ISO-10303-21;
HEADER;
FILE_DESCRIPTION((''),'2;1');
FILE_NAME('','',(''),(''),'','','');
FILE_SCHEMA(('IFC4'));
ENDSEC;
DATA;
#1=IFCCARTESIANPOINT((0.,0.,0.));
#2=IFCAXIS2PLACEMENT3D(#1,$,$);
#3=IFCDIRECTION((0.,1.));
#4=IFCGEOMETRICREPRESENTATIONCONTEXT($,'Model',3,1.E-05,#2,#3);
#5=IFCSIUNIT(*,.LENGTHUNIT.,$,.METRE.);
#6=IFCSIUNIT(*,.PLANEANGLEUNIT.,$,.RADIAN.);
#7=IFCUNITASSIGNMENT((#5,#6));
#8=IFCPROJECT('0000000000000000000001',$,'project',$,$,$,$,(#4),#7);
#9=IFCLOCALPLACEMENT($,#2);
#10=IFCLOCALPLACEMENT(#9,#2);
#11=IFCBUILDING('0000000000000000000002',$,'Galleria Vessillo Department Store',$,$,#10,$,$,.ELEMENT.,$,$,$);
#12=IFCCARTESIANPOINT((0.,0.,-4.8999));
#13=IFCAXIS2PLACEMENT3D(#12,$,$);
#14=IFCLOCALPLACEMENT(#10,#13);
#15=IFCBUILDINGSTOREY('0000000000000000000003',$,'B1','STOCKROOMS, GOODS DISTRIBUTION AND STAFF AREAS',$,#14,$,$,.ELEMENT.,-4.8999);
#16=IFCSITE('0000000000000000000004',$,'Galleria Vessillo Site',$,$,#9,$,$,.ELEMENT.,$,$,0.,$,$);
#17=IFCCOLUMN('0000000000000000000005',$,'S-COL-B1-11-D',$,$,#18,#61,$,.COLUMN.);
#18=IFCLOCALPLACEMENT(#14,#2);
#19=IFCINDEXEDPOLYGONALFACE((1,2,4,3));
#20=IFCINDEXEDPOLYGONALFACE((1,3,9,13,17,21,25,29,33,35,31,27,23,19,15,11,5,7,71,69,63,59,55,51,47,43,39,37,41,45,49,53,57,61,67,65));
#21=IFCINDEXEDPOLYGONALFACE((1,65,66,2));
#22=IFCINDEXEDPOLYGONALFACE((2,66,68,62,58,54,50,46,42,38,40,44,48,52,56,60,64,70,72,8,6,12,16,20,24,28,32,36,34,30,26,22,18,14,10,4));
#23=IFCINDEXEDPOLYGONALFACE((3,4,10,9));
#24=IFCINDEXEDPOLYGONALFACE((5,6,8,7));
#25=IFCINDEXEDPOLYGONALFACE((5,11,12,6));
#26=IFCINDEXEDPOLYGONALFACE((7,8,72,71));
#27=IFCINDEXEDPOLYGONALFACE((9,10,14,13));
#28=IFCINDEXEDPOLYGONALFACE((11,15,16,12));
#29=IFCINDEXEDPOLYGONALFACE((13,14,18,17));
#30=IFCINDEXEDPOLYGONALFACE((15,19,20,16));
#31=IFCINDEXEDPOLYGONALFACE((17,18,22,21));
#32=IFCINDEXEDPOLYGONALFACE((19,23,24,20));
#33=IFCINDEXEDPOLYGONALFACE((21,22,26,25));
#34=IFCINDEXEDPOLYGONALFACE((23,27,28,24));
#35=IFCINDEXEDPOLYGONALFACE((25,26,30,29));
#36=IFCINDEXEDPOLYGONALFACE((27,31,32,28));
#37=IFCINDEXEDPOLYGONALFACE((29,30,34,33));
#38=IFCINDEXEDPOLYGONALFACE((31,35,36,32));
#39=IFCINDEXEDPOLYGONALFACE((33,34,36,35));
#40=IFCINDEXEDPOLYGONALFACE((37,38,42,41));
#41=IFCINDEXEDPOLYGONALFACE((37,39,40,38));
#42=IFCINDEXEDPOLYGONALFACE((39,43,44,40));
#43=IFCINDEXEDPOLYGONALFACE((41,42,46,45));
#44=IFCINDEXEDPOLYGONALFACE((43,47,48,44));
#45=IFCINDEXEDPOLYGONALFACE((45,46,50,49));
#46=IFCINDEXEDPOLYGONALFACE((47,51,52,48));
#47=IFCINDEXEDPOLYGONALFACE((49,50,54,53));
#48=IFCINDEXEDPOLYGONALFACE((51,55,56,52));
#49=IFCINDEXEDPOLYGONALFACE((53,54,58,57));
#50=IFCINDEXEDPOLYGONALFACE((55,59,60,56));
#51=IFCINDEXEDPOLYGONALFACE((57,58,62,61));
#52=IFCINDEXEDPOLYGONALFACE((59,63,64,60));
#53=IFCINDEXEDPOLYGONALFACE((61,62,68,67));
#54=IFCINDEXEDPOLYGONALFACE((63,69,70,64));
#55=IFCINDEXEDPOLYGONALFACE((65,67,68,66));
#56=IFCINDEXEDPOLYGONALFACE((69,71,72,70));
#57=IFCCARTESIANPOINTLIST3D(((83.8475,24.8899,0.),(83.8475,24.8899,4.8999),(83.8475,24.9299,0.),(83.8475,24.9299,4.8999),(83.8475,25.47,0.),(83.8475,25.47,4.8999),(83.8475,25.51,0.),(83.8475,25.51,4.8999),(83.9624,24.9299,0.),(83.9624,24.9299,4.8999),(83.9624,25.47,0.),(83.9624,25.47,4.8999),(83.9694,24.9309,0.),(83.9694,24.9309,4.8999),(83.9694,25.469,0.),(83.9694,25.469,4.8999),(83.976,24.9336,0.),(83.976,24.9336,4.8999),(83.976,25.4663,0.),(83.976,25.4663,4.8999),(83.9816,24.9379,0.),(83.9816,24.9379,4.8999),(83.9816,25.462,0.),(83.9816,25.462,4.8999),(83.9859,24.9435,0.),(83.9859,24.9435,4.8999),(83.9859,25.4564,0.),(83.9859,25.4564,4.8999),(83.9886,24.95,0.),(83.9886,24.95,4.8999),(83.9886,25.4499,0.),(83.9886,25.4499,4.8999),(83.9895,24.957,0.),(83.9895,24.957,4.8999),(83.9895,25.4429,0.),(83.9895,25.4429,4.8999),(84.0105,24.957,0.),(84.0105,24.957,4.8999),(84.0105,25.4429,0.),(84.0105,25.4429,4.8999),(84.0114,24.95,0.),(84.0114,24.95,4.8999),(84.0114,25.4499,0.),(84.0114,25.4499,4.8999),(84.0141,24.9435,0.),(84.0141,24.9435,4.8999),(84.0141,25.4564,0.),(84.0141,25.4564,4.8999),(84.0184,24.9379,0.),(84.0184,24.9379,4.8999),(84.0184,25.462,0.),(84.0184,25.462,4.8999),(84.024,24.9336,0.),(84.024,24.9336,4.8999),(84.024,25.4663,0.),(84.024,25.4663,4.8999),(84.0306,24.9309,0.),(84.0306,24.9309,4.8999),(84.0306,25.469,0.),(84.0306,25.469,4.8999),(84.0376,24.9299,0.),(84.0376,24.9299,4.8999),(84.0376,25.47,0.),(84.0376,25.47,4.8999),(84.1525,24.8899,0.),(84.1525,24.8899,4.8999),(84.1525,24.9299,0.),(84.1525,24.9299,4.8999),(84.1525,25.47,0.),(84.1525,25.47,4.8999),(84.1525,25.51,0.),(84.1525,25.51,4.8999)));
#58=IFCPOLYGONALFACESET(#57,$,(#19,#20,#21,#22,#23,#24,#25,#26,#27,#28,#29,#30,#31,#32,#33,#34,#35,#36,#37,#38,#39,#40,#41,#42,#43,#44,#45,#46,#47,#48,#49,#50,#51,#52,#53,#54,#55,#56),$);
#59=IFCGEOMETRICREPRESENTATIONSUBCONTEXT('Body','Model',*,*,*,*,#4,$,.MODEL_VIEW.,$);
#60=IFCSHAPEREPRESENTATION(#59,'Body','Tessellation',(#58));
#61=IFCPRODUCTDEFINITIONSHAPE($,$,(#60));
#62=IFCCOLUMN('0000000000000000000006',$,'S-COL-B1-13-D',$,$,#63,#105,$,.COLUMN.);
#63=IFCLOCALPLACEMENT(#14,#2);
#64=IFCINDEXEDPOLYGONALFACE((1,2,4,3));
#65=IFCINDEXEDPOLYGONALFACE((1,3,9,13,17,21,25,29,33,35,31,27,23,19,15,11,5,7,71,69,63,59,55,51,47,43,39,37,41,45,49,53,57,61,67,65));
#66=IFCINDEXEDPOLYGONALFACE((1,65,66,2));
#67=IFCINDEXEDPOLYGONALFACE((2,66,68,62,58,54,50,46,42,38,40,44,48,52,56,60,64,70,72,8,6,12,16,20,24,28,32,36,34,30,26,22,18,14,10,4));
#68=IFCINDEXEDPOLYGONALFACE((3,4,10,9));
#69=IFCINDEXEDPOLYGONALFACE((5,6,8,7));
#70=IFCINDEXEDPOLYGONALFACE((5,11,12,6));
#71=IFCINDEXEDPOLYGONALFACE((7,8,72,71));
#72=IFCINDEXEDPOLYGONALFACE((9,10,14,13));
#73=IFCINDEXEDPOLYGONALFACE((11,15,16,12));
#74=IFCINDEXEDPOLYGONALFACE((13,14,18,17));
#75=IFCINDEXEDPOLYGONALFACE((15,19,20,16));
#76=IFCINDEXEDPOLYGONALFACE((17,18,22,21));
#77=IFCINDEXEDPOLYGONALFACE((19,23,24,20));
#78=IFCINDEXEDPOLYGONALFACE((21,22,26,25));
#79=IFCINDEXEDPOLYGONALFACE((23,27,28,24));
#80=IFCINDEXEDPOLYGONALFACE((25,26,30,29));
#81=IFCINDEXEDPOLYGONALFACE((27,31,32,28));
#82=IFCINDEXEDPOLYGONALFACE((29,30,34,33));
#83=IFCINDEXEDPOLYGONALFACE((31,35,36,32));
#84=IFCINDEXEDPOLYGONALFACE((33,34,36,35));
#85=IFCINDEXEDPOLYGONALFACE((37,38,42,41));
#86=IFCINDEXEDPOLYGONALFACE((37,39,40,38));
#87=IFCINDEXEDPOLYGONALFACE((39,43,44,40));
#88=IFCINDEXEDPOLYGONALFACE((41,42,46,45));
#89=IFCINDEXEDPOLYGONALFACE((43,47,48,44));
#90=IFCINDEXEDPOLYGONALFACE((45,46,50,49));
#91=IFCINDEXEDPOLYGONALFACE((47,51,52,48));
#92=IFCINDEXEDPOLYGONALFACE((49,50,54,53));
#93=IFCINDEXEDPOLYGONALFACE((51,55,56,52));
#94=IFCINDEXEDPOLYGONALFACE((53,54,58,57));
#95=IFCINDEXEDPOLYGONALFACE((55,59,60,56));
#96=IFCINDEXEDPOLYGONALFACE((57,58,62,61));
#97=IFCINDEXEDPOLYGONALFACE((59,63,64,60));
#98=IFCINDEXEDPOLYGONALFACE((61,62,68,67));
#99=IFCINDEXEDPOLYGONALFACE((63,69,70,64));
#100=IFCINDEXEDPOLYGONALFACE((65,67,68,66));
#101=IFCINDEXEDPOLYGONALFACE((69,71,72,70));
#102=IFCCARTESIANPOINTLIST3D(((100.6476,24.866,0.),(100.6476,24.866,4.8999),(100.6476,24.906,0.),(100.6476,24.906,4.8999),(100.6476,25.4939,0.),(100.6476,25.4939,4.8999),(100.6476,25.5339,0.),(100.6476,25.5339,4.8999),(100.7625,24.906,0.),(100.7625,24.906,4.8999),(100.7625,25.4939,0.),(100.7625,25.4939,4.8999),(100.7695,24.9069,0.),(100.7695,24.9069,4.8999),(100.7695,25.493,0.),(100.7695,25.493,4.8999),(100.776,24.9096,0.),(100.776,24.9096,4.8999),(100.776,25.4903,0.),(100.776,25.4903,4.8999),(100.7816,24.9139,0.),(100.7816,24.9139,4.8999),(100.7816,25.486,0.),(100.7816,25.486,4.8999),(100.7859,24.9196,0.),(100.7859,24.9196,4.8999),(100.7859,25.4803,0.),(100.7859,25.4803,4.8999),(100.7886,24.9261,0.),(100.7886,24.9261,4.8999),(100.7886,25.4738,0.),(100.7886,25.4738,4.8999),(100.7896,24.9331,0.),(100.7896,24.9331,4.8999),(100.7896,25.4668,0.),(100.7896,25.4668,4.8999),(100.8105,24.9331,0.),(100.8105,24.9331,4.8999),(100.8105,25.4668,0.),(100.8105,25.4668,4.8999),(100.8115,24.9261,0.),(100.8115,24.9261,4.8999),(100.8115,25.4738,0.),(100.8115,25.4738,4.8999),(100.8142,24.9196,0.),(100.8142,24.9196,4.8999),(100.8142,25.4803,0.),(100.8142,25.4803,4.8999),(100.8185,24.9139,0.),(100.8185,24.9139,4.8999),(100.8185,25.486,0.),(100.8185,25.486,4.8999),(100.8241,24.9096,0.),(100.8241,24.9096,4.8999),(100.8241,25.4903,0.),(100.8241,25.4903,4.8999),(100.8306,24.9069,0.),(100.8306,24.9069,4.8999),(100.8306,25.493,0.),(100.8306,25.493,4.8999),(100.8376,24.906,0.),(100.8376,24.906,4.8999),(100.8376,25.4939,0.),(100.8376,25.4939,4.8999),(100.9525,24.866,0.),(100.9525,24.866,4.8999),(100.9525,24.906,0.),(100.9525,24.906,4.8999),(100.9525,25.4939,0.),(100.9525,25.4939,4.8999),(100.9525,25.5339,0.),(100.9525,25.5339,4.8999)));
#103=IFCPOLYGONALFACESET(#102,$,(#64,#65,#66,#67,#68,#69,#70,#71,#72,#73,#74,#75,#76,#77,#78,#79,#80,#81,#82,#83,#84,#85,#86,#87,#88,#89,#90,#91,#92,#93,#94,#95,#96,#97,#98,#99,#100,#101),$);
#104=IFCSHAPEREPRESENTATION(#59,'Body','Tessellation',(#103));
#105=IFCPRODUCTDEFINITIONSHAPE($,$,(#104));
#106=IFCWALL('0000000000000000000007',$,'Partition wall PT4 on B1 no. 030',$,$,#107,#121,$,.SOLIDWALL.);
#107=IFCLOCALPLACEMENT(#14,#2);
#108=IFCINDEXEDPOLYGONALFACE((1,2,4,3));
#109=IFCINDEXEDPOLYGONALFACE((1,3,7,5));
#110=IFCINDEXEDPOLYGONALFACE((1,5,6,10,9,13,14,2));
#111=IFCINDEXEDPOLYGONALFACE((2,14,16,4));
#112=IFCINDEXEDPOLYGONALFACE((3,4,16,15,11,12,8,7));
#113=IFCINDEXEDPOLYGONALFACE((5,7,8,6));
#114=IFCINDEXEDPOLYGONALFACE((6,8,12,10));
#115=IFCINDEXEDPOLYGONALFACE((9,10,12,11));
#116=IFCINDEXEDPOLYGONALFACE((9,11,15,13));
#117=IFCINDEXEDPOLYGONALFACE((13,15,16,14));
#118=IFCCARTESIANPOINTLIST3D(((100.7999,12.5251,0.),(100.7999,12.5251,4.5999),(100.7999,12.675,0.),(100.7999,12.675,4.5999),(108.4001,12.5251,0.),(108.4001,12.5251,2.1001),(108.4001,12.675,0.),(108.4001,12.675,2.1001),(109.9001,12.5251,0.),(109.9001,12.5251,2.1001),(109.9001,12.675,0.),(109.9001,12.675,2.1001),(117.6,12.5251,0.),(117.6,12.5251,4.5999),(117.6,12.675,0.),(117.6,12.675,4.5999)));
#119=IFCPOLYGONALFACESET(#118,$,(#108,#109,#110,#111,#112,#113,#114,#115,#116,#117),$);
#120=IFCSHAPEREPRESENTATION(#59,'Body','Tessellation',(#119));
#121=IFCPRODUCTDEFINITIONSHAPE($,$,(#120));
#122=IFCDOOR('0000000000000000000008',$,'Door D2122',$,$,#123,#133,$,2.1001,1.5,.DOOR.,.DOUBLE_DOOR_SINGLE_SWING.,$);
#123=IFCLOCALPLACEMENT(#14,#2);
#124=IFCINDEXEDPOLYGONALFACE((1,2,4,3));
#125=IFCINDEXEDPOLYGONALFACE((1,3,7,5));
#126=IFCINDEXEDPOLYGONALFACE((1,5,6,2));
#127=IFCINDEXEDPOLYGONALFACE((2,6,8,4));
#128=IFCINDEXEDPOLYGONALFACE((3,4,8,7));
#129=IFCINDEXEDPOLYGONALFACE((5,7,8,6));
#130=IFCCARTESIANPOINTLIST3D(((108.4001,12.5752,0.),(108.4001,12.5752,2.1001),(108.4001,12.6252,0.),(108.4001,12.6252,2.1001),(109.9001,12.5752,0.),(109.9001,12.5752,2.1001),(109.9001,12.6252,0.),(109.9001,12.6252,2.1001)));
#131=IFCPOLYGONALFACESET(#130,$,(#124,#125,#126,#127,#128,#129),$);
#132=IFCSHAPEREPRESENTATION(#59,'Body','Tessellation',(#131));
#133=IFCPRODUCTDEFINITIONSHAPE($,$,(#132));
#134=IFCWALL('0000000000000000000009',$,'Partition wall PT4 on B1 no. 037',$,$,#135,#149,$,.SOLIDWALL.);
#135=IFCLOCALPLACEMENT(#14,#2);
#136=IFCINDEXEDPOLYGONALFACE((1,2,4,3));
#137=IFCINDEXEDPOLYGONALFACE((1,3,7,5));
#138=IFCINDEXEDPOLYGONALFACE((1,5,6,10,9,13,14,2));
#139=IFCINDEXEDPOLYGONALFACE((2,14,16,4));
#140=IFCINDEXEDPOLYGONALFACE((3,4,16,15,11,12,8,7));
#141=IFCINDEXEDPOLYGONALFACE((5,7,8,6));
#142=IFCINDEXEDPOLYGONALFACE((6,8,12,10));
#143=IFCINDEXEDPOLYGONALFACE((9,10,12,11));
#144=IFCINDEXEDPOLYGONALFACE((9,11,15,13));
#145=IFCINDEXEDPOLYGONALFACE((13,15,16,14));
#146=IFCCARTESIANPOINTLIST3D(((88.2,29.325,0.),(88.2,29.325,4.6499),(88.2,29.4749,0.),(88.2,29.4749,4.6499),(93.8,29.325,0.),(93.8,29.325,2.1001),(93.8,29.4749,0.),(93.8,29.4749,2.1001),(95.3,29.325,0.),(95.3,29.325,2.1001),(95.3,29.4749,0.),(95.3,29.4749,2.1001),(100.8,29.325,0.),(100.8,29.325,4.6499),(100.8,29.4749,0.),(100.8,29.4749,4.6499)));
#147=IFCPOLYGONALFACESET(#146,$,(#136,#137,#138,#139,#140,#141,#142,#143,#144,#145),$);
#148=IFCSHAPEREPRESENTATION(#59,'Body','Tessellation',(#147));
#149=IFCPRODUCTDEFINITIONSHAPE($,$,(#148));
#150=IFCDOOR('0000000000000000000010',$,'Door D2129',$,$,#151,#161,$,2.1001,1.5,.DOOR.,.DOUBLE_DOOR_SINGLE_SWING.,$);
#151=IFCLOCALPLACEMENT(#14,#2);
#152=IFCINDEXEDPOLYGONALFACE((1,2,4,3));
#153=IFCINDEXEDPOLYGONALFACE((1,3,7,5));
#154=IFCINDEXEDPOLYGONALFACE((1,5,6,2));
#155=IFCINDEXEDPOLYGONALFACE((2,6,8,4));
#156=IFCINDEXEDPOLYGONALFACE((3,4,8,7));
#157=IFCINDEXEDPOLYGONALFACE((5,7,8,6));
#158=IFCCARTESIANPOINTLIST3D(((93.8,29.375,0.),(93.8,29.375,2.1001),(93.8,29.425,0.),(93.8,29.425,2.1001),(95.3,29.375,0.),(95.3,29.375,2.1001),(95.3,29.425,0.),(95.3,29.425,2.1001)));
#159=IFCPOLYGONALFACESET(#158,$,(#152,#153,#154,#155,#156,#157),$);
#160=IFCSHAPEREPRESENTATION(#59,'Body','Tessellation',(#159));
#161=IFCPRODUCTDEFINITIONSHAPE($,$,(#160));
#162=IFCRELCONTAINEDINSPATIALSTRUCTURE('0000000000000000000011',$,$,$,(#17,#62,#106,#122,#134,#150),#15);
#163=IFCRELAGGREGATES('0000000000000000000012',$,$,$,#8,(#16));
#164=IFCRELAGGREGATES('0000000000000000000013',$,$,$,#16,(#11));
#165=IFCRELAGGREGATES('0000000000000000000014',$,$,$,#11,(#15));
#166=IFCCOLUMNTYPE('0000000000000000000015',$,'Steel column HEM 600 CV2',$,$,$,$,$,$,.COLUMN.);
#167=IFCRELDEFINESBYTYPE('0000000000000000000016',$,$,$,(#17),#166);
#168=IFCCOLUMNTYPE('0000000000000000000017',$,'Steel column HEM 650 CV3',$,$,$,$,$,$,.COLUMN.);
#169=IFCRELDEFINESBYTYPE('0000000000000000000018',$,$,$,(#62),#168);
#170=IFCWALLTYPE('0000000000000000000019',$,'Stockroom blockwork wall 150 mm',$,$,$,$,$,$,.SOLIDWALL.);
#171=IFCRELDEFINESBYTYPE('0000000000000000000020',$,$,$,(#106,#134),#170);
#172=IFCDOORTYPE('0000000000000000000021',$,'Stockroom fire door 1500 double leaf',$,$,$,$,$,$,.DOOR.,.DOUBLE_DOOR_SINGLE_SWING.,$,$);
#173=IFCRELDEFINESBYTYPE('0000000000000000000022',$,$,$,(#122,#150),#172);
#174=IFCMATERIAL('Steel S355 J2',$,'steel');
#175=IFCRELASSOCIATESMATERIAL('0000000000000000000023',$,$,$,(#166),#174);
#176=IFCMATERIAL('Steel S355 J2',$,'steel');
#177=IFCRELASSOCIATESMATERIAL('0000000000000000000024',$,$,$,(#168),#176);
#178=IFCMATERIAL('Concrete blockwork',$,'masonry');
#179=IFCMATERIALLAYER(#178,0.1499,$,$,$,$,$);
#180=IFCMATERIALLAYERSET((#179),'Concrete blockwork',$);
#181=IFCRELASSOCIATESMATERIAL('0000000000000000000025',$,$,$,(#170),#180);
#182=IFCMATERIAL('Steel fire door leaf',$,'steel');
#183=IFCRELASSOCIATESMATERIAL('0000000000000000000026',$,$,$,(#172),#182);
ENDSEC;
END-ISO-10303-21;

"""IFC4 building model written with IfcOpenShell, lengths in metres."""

from ifc_helpers import new_model, si_unit, direction, frame, frame_2d, origin, origin_2d, place, context, subcontext, project, spatial, rectangle, i_section, extrude, material, layer, layer_set, material_profile, profile_set, type_object, element, fill, save


model = new_model("IFC4")

# Units and contexts
model_context = context("Model", 3, precision=1e-05, world=origin(), true_north=direction((0.0, 1.0)))
body_context = subcontext(model_context, "Body", "Model", "MODEL_VIEW")
ifc_project = project(units=[si_unit("LENGTHUNIT", "METRE"), si_unit("PLANEANGLEUNIT", "RADIAN")], contexts=[model_context])

# Site, building, storey
site_placement = place(None, origin())
site = spatial("IfcSite", under=ifc_project, at=site_placement, Name="Galleria Vessillo Site", CompositionType="ELEMENT", RefElevation=0.0)
building_placement = place(site_placement, origin())
building = spatial("IfcBuilding", under=site, at=building_placement, Name="Galleria Vessillo Department Store", CompositionType="ELEMENT")
storey_placement = place(building_placement, frame((0.0, 0.0, -4.8999)))
storey = spatial("IfcBuildingStorey", under=building, at=storey_placement, Name="B1", Description="STOCKROOMS, GOODS DISTRIBUTION AND STAFF AREAS", CompositionType="ELEMENT", Elevation=-4.8999)

# Columns
ifc_material_1 = material(Name="Steel S355 J2", Category="steel")
ifc_material_profile_1 = material_profile(ifc_material_1, i_section(OverallWidth=0.3049, OverallDepth=0.6201, WebThickness=0.021, FlangeThickness=0.04, FilletRadius=0.0271, at=origin_2d()), Name="HEM 600")
ifc_profile_set_1 = profile_set([ifc_material_profile_1], Name="Steel S355 J2")
column_type_1 = type_object("IfcColumnType", Name="Steel column HEM 600 CV2", PredefinedType="COLUMN", material=ifc_profile_set_1)
column_1_placement = place(storey_placement, frame((84.0, 25.2, 0.0), z_axis=(0.0, 0.0, 1.0), x_axis=(1.0, 0.0, 0.0)))
element("IfcColumn", 1, at=column_1_placement, inside=storey, type_object=column_type_1, Name="S-COL-B1-11-D", PredefinedType="COLUMN", context=body_context, shape_type="SweptSolid", body=[
    extrude(i_section(OverallWidth=0.3049, OverallDepth=0.6201, WebThickness=0.021, FlangeThickness=0.04, FilletRadius=0.0271, at=origin_2d()), origin(), (0.0, 0.0, 1.0), 4.8999),
])
ifc_material_2 = material(Name="Steel S355 J2", Category="steel")
ifc_material_profile_2 = material_profile(ifc_material_2, i_section(OverallWidth=0.3049, OverallDepth=0.668, WebThickness=0.021, FlangeThickness=0.04, FilletRadius=0.0271, at=origin_2d()), Name="HEM 650")
ifc_profile_set_2 = profile_set([ifc_material_profile_2], Name="Steel S355 J2")
column_type_2 = type_object("IfcColumnType", Name="Steel column HEM 650 CV3", PredefinedType="COLUMN", material=ifc_profile_set_2)
column_2_placement = place(storey_placement, frame((100.8, 25.2, 0.0), z_axis=(0.0, 0.0, 1.0), x_axis=(1.0, 0.0, 0.0)))
element("IfcColumn", 2, at=column_2_placement, inside=storey, type_object=column_type_2, Name="S-COL-B1-13-D", PredefinedType="COLUMN", context=body_context, shape_type="SweptSolid", body=[
    extrude(i_section(OverallWidth=0.3049, OverallDepth=0.668, WebThickness=0.021, FlangeThickness=0.04, FilletRadius=0.0271, at=origin_2d()), origin(), (0.0, 0.0, 1.0), 4.8999),
])

# Walls, openings, doors
ifc_material_3 = material(Name="Concrete blockwork", Category="masonry")
ifc_layer = layer(ifc_material_3, 0.1499)
ifc_layer_set = layer_set([ifc_layer], Name="Concrete blockwork")
wall_type = type_object("IfcWallType", Name="Stockroom blockwork wall 150 mm", PredefinedType="SOLIDWALL", material=ifc_layer_set)
wall_1_placement = place(storey_placement, frame((100.8, 12.6001, 0.0), z_axis=(0.0, 0.0, 1.0), x_axis=(1.0, 0.0, 0.0)))
wall_1 = element("IfcWall", 3, at=wall_1_placement, inside=storey, type_object=wall_type, Name="Partition wall PT4 on B1 no. 030", PredefinedType="SOLIDWALL", context=body_context, shape_type="SweptSolid", body=[
    extrude(rectangle(XDim=16.8, YDim=0.1499, at=frame_2d((8.3999, 0.0))), origin(), (0.0, 0.0, 1.0), 4.5999),
])
opening_1_placement = place(wall_1_placement, frame((7.6001, 0.0, 0.0)))
opening_1 = element("IfcOpeningElement", 4, at=opening_1_placement, cuts=wall_1, PredefinedType="OPENING", context=body_context, shape_type="SweptSolid", body=[
    extrude(rectangle(XDim=1.5, YDim=2.1001, at=frame_2d((0.75, 1.05))), frame((0.0, 0.085, 0.0), z_axis=(0.0, -1.0, 0.0), x_axis=(1.0, 0.0, 0.0)), (0.0, 0.0, 1.0), 0.1699),
])
ifc_material_4 = material(Name="Steel fire door leaf", Category="steel")
door_type = type_object("IfcDoorType", Name="Stockroom fire door 1500 double leaf", OperationType="DOUBLE_DOOR_SINGLE_SWING", PredefinedType="DOOR", material=ifc_material_4)
door_1_placement = place(opening_1_placement, frame((1.5, 0.0, 0.0), z_axis=(0.0, 0.0, 1.0), x_axis=(-1.0, 0.0, 0.0)))
door_1 = element("IfcDoor", 5, at=door_1_placement, inside=storey, type_object=door_type, Name="Door D2122", OperationType="DOUBLE_DOOR_SINGLE_SWING", OverallHeight=2.1001, OverallWidth=1.5, PredefinedType="DOOR", context=body_context, shape_type="SweptSolid", body=[
    extrude(rectangle(XDim=1.5, YDim=2.1001, at=frame_2d((0.75, 1.05))), frame((0.0, 0.0249, 0.0), z_axis=(0.0, -1.0, 0.0), x_axis=(1.0, 0.0, 0.0)), (0.0, 0.0, 1.0), 0.05),
])
fill(opening_1, door_1)
wall_2_placement = place(storey_placement, frame((88.2, 29.3999, 0.0), z_axis=(0.0, 0.0, 1.0), x_axis=(1.0, 0.0, 0.0)))
wall_2 = element("IfcWall", 6, at=wall_2_placement, inside=storey, type_object=wall_type, Name="Partition wall PT4 on B1 no. 037", PredefinedType="SOLIDWALL", context=body_context, shape_type="SweptSolid", body=[
    extrude(rectangle(XDim=12.6001, YDim=0.1499, at=frame_2d((6.3, 0.0))), origin(), (0.0, 0.0, 1.0), 4.6499),
])
opening_2_placement = place(wall_2_placement, frame((5.6001, 0.0, 0.0)))
opening_2 = element("IfcOpeningElement", 7, at=opening_2_placement, cuts=wall_2, PredefinedType="OPENING", context=body_context, shape_type="SweptSolid", body=[
    extrude(rectangle(XDim=1.5, YDim=2.1001, at=frame_2d((0.75, 1.05))), frame((0.0, 0.085, 0.0), z_axis=(0.0, -1.0, 0.0), x_axis=(1.0, 0.0, 0.0)), (0.0, 0.0, 1.0), 0.1699),
])
door_2_placement = place(opening_2_placement, frame((1.5, 0.0, 0.0), z_axis=(0.0, 0.0, 1.0), x_axis=(-1.0, 0.0, 0.0)))
door_2 = element("IfcDoor", 8, at=door_2_placement, inside=storey, type_object=door_type, Name="Door D2129", OperationType="DOUBLE_DOOR_SINGLE_SWING", OverallHeight=2.1001, OverallWidth=1.5, PredefinedType="DOOR", context=body_context, shape_type="SweptSolid", body=[
    extrude(rectangle(XDim=1.5, YDim=2.1001, at=frame_2d((0.75, 1.05))), frame((0.0, 0.0249, 0.0), z_axis=(0.0, -1.0, 0.0), x_axis=(1.0, 0.0, 0.0)), (0.0, 0.0, 1.0), 0.05),
])
fill(opening_2, door_2)

save(model, "model.ifc")
